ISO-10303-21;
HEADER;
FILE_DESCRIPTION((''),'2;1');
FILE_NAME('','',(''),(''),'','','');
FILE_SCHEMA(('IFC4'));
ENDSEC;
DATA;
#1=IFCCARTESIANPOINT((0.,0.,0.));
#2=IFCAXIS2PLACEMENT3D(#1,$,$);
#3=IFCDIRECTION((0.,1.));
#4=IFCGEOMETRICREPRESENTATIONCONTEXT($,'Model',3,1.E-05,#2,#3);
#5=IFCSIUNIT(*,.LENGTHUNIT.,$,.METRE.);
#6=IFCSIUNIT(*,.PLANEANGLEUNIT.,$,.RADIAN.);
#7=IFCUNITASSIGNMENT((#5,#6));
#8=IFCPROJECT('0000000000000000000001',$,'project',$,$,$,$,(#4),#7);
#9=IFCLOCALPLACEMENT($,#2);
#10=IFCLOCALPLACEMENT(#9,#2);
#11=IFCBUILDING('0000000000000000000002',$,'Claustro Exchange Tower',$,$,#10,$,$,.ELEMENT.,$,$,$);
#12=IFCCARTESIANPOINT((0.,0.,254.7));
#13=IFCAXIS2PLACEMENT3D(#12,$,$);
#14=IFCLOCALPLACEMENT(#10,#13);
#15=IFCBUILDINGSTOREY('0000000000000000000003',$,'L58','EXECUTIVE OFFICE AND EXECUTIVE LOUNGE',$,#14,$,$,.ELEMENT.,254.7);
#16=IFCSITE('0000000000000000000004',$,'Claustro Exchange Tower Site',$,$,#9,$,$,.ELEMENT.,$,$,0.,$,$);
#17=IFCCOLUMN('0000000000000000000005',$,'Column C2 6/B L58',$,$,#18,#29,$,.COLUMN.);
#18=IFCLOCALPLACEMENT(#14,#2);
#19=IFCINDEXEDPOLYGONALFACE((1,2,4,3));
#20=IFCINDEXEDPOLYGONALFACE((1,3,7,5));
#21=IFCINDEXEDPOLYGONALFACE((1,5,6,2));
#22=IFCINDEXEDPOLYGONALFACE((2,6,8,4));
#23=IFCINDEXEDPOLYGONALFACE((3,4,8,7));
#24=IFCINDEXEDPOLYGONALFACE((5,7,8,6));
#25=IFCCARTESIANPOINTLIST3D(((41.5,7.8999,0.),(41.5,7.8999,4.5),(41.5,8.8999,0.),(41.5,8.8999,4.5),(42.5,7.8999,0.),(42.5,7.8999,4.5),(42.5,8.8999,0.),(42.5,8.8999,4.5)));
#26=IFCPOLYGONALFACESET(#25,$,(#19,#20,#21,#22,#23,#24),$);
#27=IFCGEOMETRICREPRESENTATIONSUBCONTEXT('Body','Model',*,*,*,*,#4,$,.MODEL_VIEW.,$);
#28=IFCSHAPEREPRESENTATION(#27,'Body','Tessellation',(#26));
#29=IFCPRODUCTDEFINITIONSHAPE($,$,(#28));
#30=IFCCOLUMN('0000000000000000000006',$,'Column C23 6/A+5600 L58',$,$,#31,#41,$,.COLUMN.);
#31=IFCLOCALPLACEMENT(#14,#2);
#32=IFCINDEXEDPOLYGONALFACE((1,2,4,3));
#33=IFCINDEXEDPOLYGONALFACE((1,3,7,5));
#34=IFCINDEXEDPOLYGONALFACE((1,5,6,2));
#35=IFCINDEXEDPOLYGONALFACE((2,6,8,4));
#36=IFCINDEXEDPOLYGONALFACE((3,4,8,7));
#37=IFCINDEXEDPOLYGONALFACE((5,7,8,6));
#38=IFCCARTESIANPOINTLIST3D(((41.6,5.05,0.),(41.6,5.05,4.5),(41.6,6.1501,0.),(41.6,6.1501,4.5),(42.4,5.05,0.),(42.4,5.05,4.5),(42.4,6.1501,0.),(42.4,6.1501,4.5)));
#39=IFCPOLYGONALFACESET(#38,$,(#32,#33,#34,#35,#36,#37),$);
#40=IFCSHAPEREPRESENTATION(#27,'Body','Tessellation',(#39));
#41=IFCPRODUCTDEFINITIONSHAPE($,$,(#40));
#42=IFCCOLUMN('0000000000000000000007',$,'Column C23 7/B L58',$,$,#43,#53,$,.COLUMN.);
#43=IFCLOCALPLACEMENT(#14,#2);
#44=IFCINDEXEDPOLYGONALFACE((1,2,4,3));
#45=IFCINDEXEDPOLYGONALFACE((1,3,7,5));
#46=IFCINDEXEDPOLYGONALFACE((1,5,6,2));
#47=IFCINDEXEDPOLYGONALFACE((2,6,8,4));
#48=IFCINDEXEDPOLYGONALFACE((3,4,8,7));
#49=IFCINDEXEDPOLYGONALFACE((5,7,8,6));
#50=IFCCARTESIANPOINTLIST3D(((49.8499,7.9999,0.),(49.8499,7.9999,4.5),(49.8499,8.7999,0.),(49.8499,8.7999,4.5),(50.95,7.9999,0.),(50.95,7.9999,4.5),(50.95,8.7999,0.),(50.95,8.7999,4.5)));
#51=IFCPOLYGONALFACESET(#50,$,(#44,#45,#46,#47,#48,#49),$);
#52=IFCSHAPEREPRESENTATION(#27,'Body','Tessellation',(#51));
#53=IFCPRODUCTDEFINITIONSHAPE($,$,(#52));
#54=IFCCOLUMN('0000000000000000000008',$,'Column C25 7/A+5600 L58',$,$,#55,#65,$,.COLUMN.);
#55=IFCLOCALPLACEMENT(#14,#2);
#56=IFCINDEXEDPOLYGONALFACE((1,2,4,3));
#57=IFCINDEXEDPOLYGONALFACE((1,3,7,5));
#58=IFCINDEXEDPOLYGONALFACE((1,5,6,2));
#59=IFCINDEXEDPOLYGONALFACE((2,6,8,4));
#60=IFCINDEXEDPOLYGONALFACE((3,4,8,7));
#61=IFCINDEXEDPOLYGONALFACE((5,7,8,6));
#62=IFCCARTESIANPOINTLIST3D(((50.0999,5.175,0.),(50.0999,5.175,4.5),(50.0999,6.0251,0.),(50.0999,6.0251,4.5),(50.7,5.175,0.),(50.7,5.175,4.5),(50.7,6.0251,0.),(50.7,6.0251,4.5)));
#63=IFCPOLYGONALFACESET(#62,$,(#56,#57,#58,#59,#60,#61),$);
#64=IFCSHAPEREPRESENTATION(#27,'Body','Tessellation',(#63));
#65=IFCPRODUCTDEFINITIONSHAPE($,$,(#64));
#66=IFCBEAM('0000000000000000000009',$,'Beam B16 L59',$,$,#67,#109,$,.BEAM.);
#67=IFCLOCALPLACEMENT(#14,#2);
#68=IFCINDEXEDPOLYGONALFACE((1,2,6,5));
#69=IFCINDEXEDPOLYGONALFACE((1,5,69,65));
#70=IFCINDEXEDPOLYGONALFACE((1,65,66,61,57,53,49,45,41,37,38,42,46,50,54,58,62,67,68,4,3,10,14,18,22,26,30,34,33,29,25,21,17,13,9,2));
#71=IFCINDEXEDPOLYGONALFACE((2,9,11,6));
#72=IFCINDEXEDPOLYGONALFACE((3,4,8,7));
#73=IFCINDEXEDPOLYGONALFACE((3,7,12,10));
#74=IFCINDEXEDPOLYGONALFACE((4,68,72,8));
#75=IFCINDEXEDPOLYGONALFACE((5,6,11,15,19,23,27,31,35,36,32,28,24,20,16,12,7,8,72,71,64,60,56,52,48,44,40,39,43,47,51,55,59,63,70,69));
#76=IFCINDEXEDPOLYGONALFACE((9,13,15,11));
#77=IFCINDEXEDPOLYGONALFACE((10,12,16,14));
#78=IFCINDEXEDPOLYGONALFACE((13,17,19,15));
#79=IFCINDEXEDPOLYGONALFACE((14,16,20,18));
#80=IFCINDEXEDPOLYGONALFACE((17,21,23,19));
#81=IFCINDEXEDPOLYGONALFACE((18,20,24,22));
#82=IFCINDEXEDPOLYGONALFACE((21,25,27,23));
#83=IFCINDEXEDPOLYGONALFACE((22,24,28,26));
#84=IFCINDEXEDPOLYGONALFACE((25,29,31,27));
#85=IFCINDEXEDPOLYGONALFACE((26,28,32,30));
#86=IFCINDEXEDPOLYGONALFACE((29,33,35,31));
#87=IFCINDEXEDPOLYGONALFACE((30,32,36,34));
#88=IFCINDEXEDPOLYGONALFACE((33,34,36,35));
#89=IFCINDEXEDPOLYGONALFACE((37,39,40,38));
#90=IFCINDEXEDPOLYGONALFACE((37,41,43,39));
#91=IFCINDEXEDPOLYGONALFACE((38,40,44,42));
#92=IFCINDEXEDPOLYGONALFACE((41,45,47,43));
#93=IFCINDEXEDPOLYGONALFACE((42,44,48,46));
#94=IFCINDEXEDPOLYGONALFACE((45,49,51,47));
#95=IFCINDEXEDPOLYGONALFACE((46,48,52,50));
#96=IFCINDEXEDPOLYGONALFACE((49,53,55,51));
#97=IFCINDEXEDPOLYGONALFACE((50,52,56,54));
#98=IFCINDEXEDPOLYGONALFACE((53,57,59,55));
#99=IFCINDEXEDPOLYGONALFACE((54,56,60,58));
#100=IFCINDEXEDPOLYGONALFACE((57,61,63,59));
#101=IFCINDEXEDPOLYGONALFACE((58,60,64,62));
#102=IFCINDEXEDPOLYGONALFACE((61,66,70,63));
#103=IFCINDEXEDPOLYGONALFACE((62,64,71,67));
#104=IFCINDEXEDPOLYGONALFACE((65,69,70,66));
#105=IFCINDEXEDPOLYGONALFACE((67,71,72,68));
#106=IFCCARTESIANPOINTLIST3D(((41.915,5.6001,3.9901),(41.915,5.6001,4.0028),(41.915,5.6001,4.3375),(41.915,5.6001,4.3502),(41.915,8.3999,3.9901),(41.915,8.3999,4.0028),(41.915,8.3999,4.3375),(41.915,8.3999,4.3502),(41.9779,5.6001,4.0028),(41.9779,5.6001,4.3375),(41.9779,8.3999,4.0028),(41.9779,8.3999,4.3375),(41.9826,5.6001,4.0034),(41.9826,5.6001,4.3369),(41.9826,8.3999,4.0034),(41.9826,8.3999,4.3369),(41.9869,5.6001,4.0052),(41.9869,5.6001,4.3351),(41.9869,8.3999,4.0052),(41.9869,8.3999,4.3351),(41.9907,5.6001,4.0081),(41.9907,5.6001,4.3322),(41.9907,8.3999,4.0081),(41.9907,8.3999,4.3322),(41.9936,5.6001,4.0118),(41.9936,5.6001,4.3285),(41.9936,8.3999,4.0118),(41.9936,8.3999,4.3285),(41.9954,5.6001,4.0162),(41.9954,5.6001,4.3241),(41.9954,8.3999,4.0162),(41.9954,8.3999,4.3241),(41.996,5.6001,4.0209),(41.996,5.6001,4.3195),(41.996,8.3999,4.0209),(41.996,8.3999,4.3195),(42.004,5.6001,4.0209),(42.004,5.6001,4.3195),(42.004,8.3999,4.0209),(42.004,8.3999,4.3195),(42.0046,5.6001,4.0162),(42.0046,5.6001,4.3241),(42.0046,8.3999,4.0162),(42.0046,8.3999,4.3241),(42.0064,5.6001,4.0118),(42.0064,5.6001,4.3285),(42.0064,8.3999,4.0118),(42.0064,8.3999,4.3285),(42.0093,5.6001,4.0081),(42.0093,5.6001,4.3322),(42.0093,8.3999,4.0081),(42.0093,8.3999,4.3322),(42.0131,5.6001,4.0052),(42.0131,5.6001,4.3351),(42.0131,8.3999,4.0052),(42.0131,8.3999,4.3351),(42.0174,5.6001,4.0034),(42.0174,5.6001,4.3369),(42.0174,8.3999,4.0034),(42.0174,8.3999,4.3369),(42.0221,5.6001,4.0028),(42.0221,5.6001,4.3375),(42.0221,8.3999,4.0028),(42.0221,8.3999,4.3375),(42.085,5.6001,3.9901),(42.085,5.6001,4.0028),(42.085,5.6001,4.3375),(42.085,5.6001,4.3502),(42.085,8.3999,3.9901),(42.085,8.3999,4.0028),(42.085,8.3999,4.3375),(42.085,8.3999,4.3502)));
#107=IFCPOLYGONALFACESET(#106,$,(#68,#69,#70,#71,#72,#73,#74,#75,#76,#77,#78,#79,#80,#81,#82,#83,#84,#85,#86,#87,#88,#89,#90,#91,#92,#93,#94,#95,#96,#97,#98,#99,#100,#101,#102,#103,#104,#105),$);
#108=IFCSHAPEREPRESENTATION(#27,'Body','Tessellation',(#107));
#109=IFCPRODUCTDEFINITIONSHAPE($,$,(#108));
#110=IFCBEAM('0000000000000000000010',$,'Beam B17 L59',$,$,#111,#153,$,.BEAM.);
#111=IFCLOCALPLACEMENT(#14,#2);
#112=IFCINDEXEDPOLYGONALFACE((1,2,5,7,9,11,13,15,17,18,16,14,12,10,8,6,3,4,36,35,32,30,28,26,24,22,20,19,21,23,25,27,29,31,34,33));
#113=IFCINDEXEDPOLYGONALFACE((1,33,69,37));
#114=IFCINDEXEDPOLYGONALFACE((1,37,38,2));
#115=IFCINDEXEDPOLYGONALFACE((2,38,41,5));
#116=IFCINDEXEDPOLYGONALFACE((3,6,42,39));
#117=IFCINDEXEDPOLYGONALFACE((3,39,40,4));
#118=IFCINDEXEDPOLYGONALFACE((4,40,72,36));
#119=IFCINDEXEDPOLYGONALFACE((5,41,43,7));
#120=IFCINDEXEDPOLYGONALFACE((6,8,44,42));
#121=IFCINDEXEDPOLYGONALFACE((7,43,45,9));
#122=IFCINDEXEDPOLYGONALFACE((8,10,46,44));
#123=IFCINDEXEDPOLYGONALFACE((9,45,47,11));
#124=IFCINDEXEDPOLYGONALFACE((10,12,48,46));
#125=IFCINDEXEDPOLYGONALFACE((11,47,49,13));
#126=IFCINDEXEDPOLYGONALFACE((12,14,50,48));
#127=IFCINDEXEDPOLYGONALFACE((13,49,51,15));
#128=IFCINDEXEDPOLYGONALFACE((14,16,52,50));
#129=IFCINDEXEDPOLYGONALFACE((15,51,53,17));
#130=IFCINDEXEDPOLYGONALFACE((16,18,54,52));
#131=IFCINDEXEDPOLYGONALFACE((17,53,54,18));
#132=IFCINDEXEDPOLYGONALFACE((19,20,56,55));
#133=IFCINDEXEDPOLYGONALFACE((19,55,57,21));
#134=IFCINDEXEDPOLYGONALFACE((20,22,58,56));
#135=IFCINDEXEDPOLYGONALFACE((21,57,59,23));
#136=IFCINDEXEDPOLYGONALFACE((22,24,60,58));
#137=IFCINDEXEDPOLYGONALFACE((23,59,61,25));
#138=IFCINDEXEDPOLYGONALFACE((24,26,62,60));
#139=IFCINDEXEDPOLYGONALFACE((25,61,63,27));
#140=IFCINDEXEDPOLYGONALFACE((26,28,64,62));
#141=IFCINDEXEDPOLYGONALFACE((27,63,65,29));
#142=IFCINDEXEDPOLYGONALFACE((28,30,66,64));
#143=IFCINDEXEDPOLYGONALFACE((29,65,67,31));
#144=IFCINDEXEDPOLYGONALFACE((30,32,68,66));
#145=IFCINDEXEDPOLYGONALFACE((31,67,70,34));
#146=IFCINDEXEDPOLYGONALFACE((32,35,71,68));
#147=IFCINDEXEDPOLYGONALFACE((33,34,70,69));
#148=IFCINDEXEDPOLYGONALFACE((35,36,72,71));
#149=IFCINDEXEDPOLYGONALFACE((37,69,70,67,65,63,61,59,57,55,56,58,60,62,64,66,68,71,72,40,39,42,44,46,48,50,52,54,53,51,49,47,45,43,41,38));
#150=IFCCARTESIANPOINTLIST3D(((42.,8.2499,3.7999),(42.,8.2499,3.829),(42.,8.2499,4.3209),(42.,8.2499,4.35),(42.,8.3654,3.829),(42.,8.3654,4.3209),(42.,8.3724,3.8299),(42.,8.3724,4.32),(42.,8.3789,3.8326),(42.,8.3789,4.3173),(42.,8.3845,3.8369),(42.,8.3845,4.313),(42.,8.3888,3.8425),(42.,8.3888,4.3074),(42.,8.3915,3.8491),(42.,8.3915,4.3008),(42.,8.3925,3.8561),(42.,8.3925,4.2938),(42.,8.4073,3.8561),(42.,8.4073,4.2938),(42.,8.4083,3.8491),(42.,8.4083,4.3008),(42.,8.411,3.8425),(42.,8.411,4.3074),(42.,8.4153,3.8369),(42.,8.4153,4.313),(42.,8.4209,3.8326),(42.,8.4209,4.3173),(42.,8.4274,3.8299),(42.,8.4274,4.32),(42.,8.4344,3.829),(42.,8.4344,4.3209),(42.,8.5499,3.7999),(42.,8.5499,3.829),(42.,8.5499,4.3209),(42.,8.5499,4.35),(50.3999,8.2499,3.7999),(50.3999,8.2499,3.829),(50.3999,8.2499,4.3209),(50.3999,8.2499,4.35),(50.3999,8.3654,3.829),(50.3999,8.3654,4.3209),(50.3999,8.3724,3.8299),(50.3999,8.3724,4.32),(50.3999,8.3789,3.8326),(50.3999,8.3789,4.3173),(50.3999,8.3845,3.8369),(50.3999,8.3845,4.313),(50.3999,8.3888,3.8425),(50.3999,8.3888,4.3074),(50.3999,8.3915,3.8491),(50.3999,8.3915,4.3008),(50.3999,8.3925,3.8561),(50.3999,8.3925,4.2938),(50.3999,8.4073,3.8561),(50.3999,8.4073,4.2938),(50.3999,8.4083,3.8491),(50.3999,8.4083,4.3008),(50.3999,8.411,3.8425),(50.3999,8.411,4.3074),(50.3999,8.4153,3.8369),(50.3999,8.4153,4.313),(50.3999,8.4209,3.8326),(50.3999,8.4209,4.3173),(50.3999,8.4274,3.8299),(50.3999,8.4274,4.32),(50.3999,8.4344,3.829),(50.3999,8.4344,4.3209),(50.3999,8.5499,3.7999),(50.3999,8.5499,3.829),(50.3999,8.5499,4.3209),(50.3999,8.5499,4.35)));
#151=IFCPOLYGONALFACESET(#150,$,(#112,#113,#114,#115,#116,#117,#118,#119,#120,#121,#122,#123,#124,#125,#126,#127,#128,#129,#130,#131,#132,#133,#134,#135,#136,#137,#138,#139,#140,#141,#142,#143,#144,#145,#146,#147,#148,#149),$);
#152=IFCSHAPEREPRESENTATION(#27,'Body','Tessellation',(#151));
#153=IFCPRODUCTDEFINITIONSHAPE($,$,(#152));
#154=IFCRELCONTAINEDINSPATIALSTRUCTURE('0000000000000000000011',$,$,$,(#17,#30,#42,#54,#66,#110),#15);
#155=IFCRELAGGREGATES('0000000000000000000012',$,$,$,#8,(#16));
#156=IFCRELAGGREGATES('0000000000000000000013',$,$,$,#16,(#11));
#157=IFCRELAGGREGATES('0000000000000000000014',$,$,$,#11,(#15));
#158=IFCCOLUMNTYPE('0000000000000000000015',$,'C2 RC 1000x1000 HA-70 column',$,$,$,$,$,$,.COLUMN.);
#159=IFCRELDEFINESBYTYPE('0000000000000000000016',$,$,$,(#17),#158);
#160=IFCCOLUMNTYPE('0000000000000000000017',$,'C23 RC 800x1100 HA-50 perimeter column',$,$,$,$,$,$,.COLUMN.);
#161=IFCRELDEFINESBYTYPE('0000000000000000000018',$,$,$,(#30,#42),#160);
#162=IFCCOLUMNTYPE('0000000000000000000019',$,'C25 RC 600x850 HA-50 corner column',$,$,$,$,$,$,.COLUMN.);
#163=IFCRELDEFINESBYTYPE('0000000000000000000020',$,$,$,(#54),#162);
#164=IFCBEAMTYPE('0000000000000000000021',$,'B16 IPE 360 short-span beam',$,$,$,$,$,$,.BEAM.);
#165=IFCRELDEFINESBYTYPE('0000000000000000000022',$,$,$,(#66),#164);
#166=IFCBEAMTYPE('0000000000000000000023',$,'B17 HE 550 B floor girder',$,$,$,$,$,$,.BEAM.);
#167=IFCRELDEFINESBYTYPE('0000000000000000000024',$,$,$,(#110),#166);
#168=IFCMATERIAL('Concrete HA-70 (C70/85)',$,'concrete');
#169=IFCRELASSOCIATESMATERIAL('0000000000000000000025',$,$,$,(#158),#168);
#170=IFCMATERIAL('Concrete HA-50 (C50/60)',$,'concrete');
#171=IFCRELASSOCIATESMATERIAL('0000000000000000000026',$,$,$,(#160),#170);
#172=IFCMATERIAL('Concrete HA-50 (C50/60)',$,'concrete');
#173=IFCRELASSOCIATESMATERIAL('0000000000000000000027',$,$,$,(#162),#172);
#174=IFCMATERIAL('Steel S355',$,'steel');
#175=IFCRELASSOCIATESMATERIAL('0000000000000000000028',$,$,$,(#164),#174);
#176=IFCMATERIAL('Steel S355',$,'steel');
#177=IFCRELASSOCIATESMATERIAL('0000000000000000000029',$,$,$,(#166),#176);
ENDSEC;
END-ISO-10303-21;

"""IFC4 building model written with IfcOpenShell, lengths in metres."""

from ifc_helpers import new_model, si_unit, direction, frame, origin, origin_2d, place, context, subcontext, project, spatial, rectangle, i_section, extrude, material, material_profile, profile_set, type_object, element, save


model = new_model("IFC4")

# Units and contexts
model_context = context("Model", 3, precision=1e-05, world=origin(), true_north=direction((0.0, 1.0)))
body_context = subcontext(model_context, "Body", "Model", "MODEL_VIEW")
ifc_project = project(units=[si_unit("LENGTHUNIT", "METRE"), si_unit("PLANEANGLEUNIT", "RADIAN")], contexts=[model_context])

# Site, building, storey
site_placement = place(None, origin())
site = spatial("IfcSite", under=ifc_project, at=site_placement, Name="Claustro Exchange Tower Site", CompositionType="ELEMENT", RefElevation=0.0)
building_placement = place(site_placement, origin())
building = spatial("IfcBuilding", under=site, at=building_placement, Name="Claustro Exchange Tower", CompositionType="ELEMENT")
storey_placement = place(building_placement, frame((0.0, 0.0, 254.7)))
storey = spatial("IfcBuildingStorey", under=building, at=storey_placement, Name="L58", Description="EXECUTIVE OFFICE AND EXECUTIVE LOUNGE", CompositionType="ELEMENT", Elevation=254.7)

# Columns
ifc_material_1 = material(Name="Concrete HA-70 (C70/85)", Category="concrete")
ifc_material_profile_1 = material_profile(ifc_material_1, rectangle(XDim=1.0, YDim=1.0, at=origin_2d()), Name="RC 1000x1000")
ifc_profile_set_1 = profile_set([ifc_material_profile_1], Name="Concrete HA-70 (C70/85)")
column_type_1 = type_object("IfcColumnType", Name="C2 RC 1000x1000 HA-70 column", PredefinedType="COLUMN", material=ifc_profile_set_1)
column_1_placement = place(storey_placement, frame((42.0, 8.3999, 0.0), z_axis=(0.0, 0.0, 1.0), x_axis=(1.0, 0.0, 0.0)))
element("IfcColumn", 1, at=column_1_placement, inside=storey, type_object=column_type_1, Name="Column C2 6/B L58", PredefinedType="COLUMN", context=body_context, shape_type="SweptSolid", body=[
    extrude(rectangle(XDim=1.0, YDim=1.0, at=origin_2d()), origin(), (0.0, 0.0, 1.0), 4.5),
])
ifc_material_2 = material(Name="Concrete HA-50 (C50/60)", Category="concrete")
ifc_material_profile_2 = material_profile(ifc_material_2, rectangle(XDim=0.8, YDim=1.1001, at=origin_2d()), Name="RC 800x1100")
ifc_profile_set_2 = profile_set([ifc_material_profile_2], Name="Concrete HA-50 (C50/60)")
column_type_2 = type_object("IfcColumnType", Name="C23 RC 800x1100 HA-50 perimeter column", PredefinedType="COLUMN", material=ifc_profile_set_2)
for number, where, z_axis, x_axis, name in (
    (2, (42.0, 5.6001, 0.0), (0.0, 0.0, 1.0), (1.0, 0.0, 0.0), "Column C23 6/A+5600 L58"),
    (3, (50.3999, 8.3999, 0.0), (0.0, 0.0, 1.0), (0.0, 1.0, 0.0), "Column C23 7/B L58"),
):
    element("IfcColumn", number, at=place(storey_placement, frame(where, z_axis=z_axis, x_axis=x_axis)), inside=storey, type_object=column_type_2, Name=name, PredefinedType="COLUMN", context=body_context, shape_type="SweptSolid", body=[
        extrude(rectangle(XDim=0.8, YDim=1.1001, at=origin_2d()), origin(), (0.0, 0.0, 1.0), 4.5),
    ])
ifc_material_3 = material(Name="Concrete HA-50 (C50/60)", Category="concrete")
ifc_material_profile_3 = material_profile(ifc_material_3, rectangle(XDim=0.6001, YDim=0.8501, at=origin_2d()), Name="RC 600x850")
ifc_profile_set_3 = profile_set([ifc_material_profile_3], Name="Concrete HA-50 (C50/60)")
column_type_3 = type_object("IfcColumnType", Name="C25 RC 600x850 HA-50 corner column", PredefinedType="COLUMN", material=ifc_profile_set_3)
column_2_placement = place(storey_placement, frame((50.3999, 5.6001, 0.0), z_axis=(0.0, 0.0, 1.0), x_axis=(1.0, 0.0, 0.0)))
element("IfcColumn", 4, at=column_2_placement, inside=storey, type_object=column_type_3, Name="Column C25 7/A+5600 L58", PredefinedType="COLUMN", context=body_context, shape_type="SweptSolid", body=[
    extrude(rectangle(XDim=0.6001, YDim=0.8501, at=origin_2d()), origin(), (0.0, 0.0, 1.0), 4.5),
])

# Beams
ifc_material_4 = material(Name="Steel S355", Category="steel")
ifc_material_profile_4 = material_profile(ifc_material_4, i_section(OverallWidth=0.1699, OverallDepth=0.3601, WebThickness=0.0081, FlangeThickness=0.0127, FilletRadius=0.0181, at=origin_2d()), Name="IPE 360")
ifc_profile_set_4 = profile_set([ifc_material_profile_4], Name="Steel S355")
beam_type_1 = type_object("IfcBeamType", Name="B16 IPE 360 short-span beam", PredefinedType="BEAM", material=ifc_profile_set_4)
beam_1_placement = place(storey_placement, frame((42.0, 5.6001, 4.1702), z_axis=(0.0, 1.0, 0.0), x_axis=(-1.0, 0.0, 0.0)))
element("IfcBeam", 5, at=beam_1_placement, inside=storey, type_object=beam_type_1, Name="Beam B16 L59", PredefinedType="BEAM", context=body_context, shape_type="SweptSolid", body=[
    extrude(i_section(OverallWidth=0.1699, OverallDepth=0.3601, WebThickness=0.0081, FlangeThickness=0.0127, FilletRadius=0.0181, at=origin_2d()), origin(), (0.0, 0.0, 1.0), 2.7998),
])
ifc_material_5 = material(Name="Steel S355", Category="steel")
ifc_material_profile_5 = material_profile(ifc_material_5, i_section(OverallWidth=0.3, OverallDepth=0.55, WebThickness=0.0149, FlangeThickness=0.0291, FilletRadius=0.0271, at=origin_2d()), Name="HE 550 B")
ifc_profile_set_5 = profile_set([ifc_material_profile_5], Name="Steel S355")
beam_type_2 = type_object("IfcBeamType", Name="B17 HE 550 B floor girder", PredefinedType="BEAM", material=ifc_profile_set_5)
beam_2_placement = place(storey_placement, frame((42.0, 8.3999, 4.075), z_axis=(1.0, 0.0, 0.0), x_axis=(0.0, 1.0, 0.0)))
element("IfcBeam", 6, at=beam_2_placement, inside=storey, type_object=beam_type_2, Name="Beam B17 L59", PredefinedType="BEAM", context=body_context, shape_type="SweptSolid", body=[
    extrude(i_section(OverallWidth=0.3, OverallDepth=0.55, WebThickness=0.0149, FlangeThickness=0.0291, FilletRadius=0.0271, at=origin_2d()), origin(), (0.0, 0.0, 1.0), 8.3999),
])

save(model, "model.ifc")
